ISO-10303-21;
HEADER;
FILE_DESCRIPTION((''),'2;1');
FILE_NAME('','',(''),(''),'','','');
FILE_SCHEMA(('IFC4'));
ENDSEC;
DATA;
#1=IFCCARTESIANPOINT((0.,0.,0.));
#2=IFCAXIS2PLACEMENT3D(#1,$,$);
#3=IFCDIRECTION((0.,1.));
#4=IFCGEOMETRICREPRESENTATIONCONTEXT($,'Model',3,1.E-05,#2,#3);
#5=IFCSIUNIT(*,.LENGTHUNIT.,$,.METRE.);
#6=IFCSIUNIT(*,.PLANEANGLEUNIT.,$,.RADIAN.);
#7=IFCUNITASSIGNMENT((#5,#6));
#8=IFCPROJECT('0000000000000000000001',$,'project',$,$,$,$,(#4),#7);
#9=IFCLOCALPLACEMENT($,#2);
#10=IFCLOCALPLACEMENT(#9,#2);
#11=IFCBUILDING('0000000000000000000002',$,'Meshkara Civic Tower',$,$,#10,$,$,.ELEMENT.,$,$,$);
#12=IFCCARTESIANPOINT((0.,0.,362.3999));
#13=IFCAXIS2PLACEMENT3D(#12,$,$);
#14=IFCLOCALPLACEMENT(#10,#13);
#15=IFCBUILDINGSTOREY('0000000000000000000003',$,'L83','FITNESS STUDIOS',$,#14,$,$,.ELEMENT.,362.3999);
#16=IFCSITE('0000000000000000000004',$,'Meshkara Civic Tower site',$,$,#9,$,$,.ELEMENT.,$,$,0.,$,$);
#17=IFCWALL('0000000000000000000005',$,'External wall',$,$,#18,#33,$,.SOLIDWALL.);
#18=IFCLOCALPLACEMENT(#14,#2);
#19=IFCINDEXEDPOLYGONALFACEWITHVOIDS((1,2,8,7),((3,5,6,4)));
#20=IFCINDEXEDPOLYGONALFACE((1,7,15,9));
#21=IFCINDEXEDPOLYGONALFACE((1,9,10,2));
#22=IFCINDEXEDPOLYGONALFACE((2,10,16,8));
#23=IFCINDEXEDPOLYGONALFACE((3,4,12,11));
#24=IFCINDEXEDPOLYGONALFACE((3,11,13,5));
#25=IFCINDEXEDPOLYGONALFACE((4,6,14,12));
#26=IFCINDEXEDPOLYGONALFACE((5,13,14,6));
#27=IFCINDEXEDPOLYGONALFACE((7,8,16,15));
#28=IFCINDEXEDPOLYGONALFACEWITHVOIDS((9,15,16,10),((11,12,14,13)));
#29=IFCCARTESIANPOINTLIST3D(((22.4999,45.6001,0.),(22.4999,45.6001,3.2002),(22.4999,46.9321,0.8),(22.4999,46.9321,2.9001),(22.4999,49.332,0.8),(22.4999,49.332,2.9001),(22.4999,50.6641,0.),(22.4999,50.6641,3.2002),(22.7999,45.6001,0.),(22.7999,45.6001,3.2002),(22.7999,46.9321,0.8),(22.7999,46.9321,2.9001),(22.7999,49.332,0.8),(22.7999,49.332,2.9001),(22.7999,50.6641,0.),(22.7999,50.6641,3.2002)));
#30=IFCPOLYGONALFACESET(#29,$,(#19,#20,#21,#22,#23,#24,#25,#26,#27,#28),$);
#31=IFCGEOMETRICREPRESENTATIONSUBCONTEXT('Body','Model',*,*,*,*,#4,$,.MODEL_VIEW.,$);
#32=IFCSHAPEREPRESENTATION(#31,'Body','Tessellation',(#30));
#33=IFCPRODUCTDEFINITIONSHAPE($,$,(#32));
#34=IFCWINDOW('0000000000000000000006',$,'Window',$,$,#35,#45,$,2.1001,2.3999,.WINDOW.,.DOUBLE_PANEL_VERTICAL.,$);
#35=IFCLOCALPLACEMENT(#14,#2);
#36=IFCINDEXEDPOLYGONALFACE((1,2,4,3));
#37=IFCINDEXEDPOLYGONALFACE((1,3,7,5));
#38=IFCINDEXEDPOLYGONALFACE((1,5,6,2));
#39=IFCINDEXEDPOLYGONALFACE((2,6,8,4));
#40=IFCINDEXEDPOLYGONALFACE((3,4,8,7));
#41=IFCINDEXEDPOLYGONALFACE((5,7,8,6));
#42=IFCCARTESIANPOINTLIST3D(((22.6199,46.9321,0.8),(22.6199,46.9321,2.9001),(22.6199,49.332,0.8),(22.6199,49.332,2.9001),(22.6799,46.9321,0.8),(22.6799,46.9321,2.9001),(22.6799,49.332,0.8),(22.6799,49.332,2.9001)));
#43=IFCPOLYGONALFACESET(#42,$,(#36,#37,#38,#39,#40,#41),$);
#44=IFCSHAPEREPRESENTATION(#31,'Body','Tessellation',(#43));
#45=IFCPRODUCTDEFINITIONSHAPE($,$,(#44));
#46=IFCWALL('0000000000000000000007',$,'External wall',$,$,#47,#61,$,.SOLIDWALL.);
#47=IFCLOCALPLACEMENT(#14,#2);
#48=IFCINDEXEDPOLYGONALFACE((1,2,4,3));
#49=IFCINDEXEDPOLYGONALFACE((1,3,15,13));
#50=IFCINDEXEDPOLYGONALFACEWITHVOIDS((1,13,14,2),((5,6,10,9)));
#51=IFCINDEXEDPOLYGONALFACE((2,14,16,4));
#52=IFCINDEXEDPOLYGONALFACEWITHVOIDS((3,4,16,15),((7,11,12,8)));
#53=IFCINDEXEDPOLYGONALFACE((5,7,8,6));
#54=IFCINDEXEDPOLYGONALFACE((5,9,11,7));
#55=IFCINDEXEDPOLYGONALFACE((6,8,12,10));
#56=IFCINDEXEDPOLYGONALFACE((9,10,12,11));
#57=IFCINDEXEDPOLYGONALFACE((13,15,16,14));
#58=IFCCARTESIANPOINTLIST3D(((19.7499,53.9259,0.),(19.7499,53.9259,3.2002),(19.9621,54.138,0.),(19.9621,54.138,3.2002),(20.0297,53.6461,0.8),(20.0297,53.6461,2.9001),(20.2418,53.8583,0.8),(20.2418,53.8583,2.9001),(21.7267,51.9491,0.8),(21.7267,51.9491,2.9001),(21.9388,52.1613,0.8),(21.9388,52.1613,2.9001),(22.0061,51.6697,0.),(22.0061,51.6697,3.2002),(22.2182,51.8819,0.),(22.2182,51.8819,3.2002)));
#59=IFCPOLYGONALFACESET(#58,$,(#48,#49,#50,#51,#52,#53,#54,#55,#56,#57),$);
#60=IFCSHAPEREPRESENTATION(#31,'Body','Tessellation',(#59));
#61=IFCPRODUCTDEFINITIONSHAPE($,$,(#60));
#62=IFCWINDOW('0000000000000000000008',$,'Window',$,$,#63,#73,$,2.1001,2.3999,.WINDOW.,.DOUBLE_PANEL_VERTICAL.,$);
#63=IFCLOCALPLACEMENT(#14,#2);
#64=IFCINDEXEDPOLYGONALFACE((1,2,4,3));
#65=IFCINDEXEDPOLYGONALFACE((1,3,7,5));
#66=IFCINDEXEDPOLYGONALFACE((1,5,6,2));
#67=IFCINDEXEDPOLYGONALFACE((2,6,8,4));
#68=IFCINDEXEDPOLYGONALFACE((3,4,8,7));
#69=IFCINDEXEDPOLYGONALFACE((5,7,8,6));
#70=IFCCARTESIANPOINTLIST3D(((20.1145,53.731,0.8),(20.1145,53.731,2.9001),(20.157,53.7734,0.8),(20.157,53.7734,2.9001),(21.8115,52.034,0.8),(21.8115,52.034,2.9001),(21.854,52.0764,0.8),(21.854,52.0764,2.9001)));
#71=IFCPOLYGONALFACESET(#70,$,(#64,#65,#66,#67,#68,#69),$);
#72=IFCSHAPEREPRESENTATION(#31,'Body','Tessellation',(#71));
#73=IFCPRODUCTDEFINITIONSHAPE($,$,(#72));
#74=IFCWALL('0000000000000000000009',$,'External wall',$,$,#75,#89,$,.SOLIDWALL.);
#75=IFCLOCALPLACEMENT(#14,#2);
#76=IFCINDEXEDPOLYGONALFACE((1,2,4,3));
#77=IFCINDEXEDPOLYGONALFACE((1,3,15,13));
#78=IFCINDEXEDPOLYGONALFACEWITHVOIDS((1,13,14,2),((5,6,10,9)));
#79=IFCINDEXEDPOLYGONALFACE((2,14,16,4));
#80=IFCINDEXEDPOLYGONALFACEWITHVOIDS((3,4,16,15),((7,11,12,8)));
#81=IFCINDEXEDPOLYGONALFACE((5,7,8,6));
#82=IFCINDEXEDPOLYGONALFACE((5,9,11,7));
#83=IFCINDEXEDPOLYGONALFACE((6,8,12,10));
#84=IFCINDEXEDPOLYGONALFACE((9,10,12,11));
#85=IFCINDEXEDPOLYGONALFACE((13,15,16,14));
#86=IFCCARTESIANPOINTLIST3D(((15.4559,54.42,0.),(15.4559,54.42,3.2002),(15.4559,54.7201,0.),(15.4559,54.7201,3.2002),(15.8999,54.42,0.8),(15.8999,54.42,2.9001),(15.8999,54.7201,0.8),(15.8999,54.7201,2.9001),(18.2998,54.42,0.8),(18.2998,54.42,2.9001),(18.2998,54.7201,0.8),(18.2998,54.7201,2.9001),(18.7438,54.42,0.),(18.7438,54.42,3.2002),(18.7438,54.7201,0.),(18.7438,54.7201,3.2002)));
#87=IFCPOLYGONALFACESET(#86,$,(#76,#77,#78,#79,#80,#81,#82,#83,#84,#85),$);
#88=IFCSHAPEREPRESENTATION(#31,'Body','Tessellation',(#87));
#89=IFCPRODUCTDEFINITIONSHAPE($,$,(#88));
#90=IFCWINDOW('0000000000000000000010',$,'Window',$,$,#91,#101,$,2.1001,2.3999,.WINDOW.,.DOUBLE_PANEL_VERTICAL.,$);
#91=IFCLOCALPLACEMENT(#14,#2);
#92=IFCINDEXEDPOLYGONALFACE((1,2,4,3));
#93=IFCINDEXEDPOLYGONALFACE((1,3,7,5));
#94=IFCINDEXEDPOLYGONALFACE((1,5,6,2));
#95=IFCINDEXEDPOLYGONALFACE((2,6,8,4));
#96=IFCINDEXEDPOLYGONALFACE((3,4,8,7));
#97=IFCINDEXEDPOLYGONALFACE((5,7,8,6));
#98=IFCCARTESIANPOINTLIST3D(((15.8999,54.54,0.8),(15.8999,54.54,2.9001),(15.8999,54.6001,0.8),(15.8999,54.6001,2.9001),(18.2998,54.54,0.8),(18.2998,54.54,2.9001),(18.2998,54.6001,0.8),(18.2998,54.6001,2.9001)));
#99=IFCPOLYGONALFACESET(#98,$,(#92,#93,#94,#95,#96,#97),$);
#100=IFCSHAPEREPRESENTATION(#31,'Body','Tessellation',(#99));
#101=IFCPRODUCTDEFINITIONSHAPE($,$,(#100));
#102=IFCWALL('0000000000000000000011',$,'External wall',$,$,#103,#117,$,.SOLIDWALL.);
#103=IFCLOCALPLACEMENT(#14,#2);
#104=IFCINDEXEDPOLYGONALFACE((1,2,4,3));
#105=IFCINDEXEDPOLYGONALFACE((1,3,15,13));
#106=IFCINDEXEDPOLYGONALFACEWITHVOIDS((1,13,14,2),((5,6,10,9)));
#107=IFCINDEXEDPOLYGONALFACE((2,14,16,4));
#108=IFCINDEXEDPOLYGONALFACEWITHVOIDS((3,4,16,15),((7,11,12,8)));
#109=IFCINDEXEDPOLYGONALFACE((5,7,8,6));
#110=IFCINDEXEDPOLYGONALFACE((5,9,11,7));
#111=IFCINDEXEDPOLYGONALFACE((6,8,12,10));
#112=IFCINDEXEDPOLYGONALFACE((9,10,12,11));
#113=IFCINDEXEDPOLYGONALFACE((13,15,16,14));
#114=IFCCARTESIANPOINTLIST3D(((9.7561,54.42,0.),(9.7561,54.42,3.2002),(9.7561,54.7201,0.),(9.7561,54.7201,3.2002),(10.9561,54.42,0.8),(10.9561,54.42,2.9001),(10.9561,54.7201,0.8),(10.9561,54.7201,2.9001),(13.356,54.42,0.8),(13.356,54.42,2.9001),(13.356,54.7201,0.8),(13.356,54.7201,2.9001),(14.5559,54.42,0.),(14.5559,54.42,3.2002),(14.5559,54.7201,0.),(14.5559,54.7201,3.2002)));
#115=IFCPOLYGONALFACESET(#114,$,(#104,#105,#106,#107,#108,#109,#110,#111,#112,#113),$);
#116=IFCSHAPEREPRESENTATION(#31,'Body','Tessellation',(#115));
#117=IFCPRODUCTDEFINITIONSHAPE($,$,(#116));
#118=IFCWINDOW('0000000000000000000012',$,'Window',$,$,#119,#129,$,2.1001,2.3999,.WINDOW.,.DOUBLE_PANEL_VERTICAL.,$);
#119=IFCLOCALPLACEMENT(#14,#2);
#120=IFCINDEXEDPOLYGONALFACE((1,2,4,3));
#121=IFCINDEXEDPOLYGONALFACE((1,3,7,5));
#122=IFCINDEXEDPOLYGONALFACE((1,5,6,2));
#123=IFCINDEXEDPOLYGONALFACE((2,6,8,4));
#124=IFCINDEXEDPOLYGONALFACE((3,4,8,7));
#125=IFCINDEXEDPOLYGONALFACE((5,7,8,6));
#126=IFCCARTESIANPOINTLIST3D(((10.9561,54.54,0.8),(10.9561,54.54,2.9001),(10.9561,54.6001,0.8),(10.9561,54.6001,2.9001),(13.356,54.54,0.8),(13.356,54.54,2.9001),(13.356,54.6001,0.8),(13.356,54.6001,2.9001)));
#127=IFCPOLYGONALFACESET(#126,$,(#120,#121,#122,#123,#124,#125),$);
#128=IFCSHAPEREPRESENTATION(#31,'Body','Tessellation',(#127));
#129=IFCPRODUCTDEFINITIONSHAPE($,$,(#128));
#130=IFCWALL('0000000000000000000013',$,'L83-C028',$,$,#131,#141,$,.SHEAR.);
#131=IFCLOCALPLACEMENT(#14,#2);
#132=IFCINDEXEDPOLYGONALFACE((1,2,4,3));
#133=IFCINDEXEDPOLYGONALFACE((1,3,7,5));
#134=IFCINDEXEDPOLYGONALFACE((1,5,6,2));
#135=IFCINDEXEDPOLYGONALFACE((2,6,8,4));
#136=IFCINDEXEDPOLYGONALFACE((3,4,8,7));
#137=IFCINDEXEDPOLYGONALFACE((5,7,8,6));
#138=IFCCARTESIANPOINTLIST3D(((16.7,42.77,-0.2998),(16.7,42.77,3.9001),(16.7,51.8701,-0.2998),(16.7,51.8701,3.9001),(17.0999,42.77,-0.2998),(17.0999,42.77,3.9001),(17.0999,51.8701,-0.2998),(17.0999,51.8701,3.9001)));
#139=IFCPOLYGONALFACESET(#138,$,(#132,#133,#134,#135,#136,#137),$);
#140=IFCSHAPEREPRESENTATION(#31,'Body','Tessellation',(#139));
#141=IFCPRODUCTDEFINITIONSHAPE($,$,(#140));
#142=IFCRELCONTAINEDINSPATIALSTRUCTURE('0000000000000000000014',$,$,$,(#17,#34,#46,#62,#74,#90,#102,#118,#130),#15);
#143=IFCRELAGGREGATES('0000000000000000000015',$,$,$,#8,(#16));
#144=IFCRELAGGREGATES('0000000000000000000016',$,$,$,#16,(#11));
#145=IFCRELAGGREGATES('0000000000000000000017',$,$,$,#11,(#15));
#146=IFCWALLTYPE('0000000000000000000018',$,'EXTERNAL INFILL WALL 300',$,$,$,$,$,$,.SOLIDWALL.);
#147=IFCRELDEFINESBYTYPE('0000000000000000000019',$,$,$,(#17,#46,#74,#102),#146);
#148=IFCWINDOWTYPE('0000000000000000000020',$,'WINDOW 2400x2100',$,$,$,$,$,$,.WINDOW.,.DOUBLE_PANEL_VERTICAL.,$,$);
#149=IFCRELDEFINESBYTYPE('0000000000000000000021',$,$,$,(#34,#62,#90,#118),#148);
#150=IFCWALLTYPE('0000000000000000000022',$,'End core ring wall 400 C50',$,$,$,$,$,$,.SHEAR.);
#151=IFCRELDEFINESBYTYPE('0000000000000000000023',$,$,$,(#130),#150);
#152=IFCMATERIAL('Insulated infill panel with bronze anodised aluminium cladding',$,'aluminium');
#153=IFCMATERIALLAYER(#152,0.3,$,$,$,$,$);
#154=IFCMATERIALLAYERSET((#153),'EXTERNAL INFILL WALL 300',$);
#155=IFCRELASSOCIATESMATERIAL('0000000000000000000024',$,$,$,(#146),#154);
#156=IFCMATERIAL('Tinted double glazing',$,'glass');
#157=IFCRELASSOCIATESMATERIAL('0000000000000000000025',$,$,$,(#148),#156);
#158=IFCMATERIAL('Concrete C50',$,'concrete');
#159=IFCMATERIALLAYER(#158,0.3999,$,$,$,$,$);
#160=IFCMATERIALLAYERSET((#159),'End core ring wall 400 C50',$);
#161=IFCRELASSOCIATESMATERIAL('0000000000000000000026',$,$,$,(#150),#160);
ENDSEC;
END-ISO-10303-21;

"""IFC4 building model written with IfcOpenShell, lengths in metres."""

from ifc_helpers import new_model, si_unit, direction, frame, frame_2d, origin, place, context, subcontext, project, spatial, rectangle, extrude, material, layer, layer_set, type_object, element, fill, save


model = new_model("IFC4")

# Units and contexts
model_context = context("Model", 3, precision=1e-05, world=origin(), true_north=direction((0.0, 1.0)))
body_context = subcontext(model_context, "Body", "Model", "MODEL_VIEW")
ifc_project = project(units=[si_unit("LENGTHUNIT", "METRE"), si_unit("PLANEANGLEUNIT", "RADIAN")], contexts=[model_context])

# Site, building, storey
site_placement = place(None, origin())
site = spatial("IfcSite", under=ifc_project, at=site_placement, Name="Meshkara Civic Tower site", CompositionType="ELEMENT", RefElevation=0.0)
building_placement = place(site_placement, origin())
building = spatial("IfcBuilding", under=site, at=building_placement, Name="Meshkara Civic Tower", CompositionType="ELEMENT")
storey_placement = place(building_placement, frame((0.0, 0.0, 362.3999)))
storey = spatial("IfcBuildingStorey", under=building, at=storey_placement, Name="L83", Description="FITNESS STUDIOS", CompositionType="ELEMENT", Elevation=362.3999)

# Walls, openings, windows
ifc_material_1 = material(Name="Insulated infill panel with bronze anodised aluminium cladding", Category="aluminium")
ifc_layer_1 = layer(ifc_material_1, 0.3)
ifc_layer_set_1 = layer_set([ifc_layer_1], Name="EXTERNAL INFILL WALL 300")
wall_type_1 = type_object("IfcWallType", Name="EXTERNAL INFILL WALL 300", PredefinedType="SOLIDWALL", material=ifc_layer_set_1)
ifc_material_2 = material(Name="Tinted double glazing", Category="glass")
window_type = type_object("IfcWindowType", Name="WINDOW 2400x2100", PartitioningType="DOUBLE_PANEL_VERTICAL", PredefinedType="WINDOW", material=ifc_material_2)
wall_1_placement = place(storey_placement, frame((22.6499, 45.6001, 0.0), z_axis=(0.0, 0.0, 1.0), x_axis=(0.0, 1.0, 0.0)))
wall_1 = element("IfcWall", 1, at=wall_1_placement, inside=storey, type_object=wall_type_1, Name="External wall", PredefinedType="SOLIDWALL", context=body_context, shape_type="SweptSolid", body=[
    extrude(rectangle(XDim=5.064, YDim=0.3, at=frame_2d((2.532, 0.0))), origin(), (0.0, 0.0, 1.0), 3.2002),
])
opening_1_placement = place(wall_1_placement, frame((1.332, 0.0, 0.8)))
opening_1 = element("IfcOpeningElement", 2, at=opening_1_placement, cuts=wall_1, PredefinedType="OPENING", context=body_context, shape_type="SweptSolid", body=[
    extrude(rectangle(XDim=2.3999, YDim=2.1001, at=frame_2d((1.2, 1.05))), frame((0.0, 0.1599, 0.0), z_axis=(0.0, -1.0, 0.0), x_axis=(1.0, 0.0, 0.0)), (0.0, 0.0, 1.0), 0.3201),
])
window_1_placement = place(opening_1_placement, origin())
window_1 = element("IfcWindow", 3, at=window_1_placement, inside=storey, type_object=window_type, Name="Window", OverallHeight=2.1001, OverallWidth=2.3999, PartitioningType="DOUBLE_PANEL_VERTICAL", PredefinedType="WINDOW", context=body_context, shape_type="SweptSolid", body=[
    extrude(rectangle(XDim=2.3999, YDim=2.1001, at=frame_2d((1.2, 1.05))), frame((0.0, 0.03, 0.0), z_axis=(0.0, -1.0, 0.0), x_axis=(1.0, 0.0, 0.0)), (0.0, 0.0, 1.0), 0.0601),
])
fill(opening_1, window_1)
wall_2_placement = place(storey_placement, frame((22.1121, 51.7759, 0.0), z_axis=(0.0, 0.0, 1.0), x_axis=(-0.707107, 0.707107, 0.0)))
wall_2 = element("IfcWall", 4, at=wall_2_placement, inside=storey, type_object=wall_type_1, Name="External wall", PredefinedType="SOLIDWALL", context=body_context, shape_type="SweptSolid", body=[
    extrude(rectangle(XDim=3.1907, YDim=0.3, at=frame_2d((1.5952, 0.0))), origin(), (0.0, 0.0, 1.0), 3.2002),
])
opening_2_placement = place(wall_2_placement, frame((0.395, 0.0, 0.8)))
opening_2 = element("IfcOpeningElement", 5, at=opening_2_placement, cuts=wall_2, PredefinedType="OPENING", context=body_context, shape_type="SweptSolid", body=[
    extrude(rectangle(XDim=2.3999, YDim=2.1001, at=frame_2d((1.2, 1.05))), frame((0.0, 0.1599, 0.0), z_axis=(0.0, -1.0, 0.0), x_axis=(1.0, 0.0, 0.0)), (0.0, 0.0, 1.0), 0.3201),
])
window_2_placement = place(opening_2_placement, origin())
window_2 = element("IfcWindow", 6, at=window_2_placement, inside=storey, type_object=window_type, Name="Window", OverallHeight=2.1001, OverallWidth=2.3999, PartitioningType="DOUBLE_PANEL_VERTICAL", PredefinedType="WINDOW", context=body_context, shape_type="SweptSolid", body=[
    extrude(rectangle(XDim=2.3999, YDim=2.1001, at=frame_2d((1.2, 1.05))), frame((0.0, 0.03, 0.0), z_axis=(0.0, -1.0, 0.0), x_axis=(1.0, 0.0, 0.0)), (0.0, 0.0, 1.0), 0.0601),
])
fill(opening_2, window_2)
wall_3_placement = place(storey_placement, frame((18.7439, 54.5701, 0.0), z_axis=(0.0, 0.0, 1.0), x_axis=(-1.0, 0.0, 0.0)))
wall_3 = element("IfcWall", 7, at=wall_3_placement, inside=storey, type_object=wall_type_1, Name="External wall", PredefinedType="SOLIDWALL", context=body_context, shape_type="SweptSolid", body=[
    extrude(rectangle(XDim=3.2878, YDim=0.3, at=frame_2d((1.644, 0.0))), origin(), (0.0, 0.0, 1.0), 3.2002),
])
opening_3_placement = place(wall_3_placement, frame((0.4441, 0.0, 0.8)))
opening_3 = element("IfcOpeningElement", 8, at=opening_3_placement, cuts=wall_3, PredefinedType="OPENING", context=body_context, shape_type="SweptSolid", body=[
    extrude(rectangle(XDim=2.3999, YDim=2.1001, at=frame_2d((1.2, 1.05))), frame((0.0, 0.1599, 0.0), z_axis=(0.0, -1.0, 0.0), x_axis=(1.0, 0.0, 0.0)), (0.0, 0.0, 1.0), 0.3201),
])
window_3_placement = place(opening_3_placement, origin())
window_3 = element("IfcWindow", 9, at=window_3_placement, inside=storey, type_object=window_type, Name="Window", OverallHeight=2.1001, OverallWidth=2.3999, PartitioningType="DOUBLE_PANEL_VERTICAL", PredefinedType="WINDOW", context=body_context, shape_type="SweptSolid", body=[
    extrude(rectangle(XDim=2.3999, YDim=2.1001, at=frame_2d((1.2, 1.05))), frame((0.0, 0.03, 0.0), z_axis=(0.0, -1.0, 0.0), x_axis=(1.0, 0.0, 0.0)), (0.0, 0.0, 1.0), 0.0601),
])
fill(opening_3, window_3)
wall_4_placement = place(storey_placement, frame((14.5559, 54.5701, 0.0), z_axis=(0.0, 0.0, 1.0), x_axis=(-1.0, 0.0, 0.0)))
wall_4 = element("IfcWall", 10, at=wall_4_placement, inside=storey, type_object=wall_type_1, Name="External wall", PredefinedType="SOLIDWALL", context=body_context, shape_type="SweptSolid", body=[
    extrude(rectangle(XDim=4.7998, YDim=0.3, at=frame_2d((2.3999, 0.0))), origin(), (0.0, 0.0, 1.0), 3.2002),
])
opening_4_placement = place(wall_4_placement, frame((1.2, 0.0, 0.8)))
opening_4 = element("IfcOpeningElement", 11, at=opening_4_placement, cuts=wall_4, PredefinedType="OPENING", context=body_context, shape_type="SweptSolid", body=[
    extrude(rectangle(XDim=2.3999, YDim=2.1001, at=frame_2d((1.2, 1.05))), frame((0.0, 0.1599, 0.0), z_axis=(0.0, -1.0, 0.0), x_axis=(1.0, 0.0, 0.0)), (0.0, 0.0, 1.0), 0.3201),
])
window_4_placement = place(opening_4_placement, origin())
window_4 = element("IfcWindow", 12, at=window_4_placement, inside=storey, type_object=window_type, Name="Window", OverallHeight=2.1001, OverallWidth=2.3999, PartitioningType="DOUBLE_PANEL_VERTICAL", PredefinedType="WINDOW", context=body_context, shape_type="SweptSolid", body=[
    extrude(rectangle(XDim=2.3999, YDim=2.1001, at=frame_2d((1.2, 1.05))), frame((0.0, 0.03, 0.0), z_axis=(0.0, -1.0, 0.0), x_axis=(1.0, 0.0, 0.0)), (0.0, 0.0, 1.0), 0.0601),
])
fill(opening_4, window_4)

# Wall
ifc_material_3 = material(Name="Concrete C50", Category="concrete")
ifc_layer_2 = layer(ifc_material_3, 0.3999)
ifc_layer_set_2 = layer_set([ifc_layer_2], Name="End core ring wall 400 C50")
wall_type_2 = type_object("IfcWallType", Name="End core ring wall 400 C50", PredefinedType="SHEAR", material=ifc_layer_set_2)
wall_5_placement = place(storey_placement, frame((16.8999, 42.77, -0.2998), z_axis=(0.0, 0.0, 1.0), x_axis=(0.0, 1.0, 0.0)))
element("IfcWall", 13, at=wall_5_placement, inside=storey, type_object=wall_type_2, Name="L83-C028", PredefinedType="SHEAR", context=body_context, shape_type="SweptSolid", body=[
    extrude(rectangle(XDim=9.1001, YDim=0.3999, at=frame_2d((4.55, 0.0))), origin(), (0.0, 0.0, 1.0), 4.2),
])

save(model, "model.ifc")
